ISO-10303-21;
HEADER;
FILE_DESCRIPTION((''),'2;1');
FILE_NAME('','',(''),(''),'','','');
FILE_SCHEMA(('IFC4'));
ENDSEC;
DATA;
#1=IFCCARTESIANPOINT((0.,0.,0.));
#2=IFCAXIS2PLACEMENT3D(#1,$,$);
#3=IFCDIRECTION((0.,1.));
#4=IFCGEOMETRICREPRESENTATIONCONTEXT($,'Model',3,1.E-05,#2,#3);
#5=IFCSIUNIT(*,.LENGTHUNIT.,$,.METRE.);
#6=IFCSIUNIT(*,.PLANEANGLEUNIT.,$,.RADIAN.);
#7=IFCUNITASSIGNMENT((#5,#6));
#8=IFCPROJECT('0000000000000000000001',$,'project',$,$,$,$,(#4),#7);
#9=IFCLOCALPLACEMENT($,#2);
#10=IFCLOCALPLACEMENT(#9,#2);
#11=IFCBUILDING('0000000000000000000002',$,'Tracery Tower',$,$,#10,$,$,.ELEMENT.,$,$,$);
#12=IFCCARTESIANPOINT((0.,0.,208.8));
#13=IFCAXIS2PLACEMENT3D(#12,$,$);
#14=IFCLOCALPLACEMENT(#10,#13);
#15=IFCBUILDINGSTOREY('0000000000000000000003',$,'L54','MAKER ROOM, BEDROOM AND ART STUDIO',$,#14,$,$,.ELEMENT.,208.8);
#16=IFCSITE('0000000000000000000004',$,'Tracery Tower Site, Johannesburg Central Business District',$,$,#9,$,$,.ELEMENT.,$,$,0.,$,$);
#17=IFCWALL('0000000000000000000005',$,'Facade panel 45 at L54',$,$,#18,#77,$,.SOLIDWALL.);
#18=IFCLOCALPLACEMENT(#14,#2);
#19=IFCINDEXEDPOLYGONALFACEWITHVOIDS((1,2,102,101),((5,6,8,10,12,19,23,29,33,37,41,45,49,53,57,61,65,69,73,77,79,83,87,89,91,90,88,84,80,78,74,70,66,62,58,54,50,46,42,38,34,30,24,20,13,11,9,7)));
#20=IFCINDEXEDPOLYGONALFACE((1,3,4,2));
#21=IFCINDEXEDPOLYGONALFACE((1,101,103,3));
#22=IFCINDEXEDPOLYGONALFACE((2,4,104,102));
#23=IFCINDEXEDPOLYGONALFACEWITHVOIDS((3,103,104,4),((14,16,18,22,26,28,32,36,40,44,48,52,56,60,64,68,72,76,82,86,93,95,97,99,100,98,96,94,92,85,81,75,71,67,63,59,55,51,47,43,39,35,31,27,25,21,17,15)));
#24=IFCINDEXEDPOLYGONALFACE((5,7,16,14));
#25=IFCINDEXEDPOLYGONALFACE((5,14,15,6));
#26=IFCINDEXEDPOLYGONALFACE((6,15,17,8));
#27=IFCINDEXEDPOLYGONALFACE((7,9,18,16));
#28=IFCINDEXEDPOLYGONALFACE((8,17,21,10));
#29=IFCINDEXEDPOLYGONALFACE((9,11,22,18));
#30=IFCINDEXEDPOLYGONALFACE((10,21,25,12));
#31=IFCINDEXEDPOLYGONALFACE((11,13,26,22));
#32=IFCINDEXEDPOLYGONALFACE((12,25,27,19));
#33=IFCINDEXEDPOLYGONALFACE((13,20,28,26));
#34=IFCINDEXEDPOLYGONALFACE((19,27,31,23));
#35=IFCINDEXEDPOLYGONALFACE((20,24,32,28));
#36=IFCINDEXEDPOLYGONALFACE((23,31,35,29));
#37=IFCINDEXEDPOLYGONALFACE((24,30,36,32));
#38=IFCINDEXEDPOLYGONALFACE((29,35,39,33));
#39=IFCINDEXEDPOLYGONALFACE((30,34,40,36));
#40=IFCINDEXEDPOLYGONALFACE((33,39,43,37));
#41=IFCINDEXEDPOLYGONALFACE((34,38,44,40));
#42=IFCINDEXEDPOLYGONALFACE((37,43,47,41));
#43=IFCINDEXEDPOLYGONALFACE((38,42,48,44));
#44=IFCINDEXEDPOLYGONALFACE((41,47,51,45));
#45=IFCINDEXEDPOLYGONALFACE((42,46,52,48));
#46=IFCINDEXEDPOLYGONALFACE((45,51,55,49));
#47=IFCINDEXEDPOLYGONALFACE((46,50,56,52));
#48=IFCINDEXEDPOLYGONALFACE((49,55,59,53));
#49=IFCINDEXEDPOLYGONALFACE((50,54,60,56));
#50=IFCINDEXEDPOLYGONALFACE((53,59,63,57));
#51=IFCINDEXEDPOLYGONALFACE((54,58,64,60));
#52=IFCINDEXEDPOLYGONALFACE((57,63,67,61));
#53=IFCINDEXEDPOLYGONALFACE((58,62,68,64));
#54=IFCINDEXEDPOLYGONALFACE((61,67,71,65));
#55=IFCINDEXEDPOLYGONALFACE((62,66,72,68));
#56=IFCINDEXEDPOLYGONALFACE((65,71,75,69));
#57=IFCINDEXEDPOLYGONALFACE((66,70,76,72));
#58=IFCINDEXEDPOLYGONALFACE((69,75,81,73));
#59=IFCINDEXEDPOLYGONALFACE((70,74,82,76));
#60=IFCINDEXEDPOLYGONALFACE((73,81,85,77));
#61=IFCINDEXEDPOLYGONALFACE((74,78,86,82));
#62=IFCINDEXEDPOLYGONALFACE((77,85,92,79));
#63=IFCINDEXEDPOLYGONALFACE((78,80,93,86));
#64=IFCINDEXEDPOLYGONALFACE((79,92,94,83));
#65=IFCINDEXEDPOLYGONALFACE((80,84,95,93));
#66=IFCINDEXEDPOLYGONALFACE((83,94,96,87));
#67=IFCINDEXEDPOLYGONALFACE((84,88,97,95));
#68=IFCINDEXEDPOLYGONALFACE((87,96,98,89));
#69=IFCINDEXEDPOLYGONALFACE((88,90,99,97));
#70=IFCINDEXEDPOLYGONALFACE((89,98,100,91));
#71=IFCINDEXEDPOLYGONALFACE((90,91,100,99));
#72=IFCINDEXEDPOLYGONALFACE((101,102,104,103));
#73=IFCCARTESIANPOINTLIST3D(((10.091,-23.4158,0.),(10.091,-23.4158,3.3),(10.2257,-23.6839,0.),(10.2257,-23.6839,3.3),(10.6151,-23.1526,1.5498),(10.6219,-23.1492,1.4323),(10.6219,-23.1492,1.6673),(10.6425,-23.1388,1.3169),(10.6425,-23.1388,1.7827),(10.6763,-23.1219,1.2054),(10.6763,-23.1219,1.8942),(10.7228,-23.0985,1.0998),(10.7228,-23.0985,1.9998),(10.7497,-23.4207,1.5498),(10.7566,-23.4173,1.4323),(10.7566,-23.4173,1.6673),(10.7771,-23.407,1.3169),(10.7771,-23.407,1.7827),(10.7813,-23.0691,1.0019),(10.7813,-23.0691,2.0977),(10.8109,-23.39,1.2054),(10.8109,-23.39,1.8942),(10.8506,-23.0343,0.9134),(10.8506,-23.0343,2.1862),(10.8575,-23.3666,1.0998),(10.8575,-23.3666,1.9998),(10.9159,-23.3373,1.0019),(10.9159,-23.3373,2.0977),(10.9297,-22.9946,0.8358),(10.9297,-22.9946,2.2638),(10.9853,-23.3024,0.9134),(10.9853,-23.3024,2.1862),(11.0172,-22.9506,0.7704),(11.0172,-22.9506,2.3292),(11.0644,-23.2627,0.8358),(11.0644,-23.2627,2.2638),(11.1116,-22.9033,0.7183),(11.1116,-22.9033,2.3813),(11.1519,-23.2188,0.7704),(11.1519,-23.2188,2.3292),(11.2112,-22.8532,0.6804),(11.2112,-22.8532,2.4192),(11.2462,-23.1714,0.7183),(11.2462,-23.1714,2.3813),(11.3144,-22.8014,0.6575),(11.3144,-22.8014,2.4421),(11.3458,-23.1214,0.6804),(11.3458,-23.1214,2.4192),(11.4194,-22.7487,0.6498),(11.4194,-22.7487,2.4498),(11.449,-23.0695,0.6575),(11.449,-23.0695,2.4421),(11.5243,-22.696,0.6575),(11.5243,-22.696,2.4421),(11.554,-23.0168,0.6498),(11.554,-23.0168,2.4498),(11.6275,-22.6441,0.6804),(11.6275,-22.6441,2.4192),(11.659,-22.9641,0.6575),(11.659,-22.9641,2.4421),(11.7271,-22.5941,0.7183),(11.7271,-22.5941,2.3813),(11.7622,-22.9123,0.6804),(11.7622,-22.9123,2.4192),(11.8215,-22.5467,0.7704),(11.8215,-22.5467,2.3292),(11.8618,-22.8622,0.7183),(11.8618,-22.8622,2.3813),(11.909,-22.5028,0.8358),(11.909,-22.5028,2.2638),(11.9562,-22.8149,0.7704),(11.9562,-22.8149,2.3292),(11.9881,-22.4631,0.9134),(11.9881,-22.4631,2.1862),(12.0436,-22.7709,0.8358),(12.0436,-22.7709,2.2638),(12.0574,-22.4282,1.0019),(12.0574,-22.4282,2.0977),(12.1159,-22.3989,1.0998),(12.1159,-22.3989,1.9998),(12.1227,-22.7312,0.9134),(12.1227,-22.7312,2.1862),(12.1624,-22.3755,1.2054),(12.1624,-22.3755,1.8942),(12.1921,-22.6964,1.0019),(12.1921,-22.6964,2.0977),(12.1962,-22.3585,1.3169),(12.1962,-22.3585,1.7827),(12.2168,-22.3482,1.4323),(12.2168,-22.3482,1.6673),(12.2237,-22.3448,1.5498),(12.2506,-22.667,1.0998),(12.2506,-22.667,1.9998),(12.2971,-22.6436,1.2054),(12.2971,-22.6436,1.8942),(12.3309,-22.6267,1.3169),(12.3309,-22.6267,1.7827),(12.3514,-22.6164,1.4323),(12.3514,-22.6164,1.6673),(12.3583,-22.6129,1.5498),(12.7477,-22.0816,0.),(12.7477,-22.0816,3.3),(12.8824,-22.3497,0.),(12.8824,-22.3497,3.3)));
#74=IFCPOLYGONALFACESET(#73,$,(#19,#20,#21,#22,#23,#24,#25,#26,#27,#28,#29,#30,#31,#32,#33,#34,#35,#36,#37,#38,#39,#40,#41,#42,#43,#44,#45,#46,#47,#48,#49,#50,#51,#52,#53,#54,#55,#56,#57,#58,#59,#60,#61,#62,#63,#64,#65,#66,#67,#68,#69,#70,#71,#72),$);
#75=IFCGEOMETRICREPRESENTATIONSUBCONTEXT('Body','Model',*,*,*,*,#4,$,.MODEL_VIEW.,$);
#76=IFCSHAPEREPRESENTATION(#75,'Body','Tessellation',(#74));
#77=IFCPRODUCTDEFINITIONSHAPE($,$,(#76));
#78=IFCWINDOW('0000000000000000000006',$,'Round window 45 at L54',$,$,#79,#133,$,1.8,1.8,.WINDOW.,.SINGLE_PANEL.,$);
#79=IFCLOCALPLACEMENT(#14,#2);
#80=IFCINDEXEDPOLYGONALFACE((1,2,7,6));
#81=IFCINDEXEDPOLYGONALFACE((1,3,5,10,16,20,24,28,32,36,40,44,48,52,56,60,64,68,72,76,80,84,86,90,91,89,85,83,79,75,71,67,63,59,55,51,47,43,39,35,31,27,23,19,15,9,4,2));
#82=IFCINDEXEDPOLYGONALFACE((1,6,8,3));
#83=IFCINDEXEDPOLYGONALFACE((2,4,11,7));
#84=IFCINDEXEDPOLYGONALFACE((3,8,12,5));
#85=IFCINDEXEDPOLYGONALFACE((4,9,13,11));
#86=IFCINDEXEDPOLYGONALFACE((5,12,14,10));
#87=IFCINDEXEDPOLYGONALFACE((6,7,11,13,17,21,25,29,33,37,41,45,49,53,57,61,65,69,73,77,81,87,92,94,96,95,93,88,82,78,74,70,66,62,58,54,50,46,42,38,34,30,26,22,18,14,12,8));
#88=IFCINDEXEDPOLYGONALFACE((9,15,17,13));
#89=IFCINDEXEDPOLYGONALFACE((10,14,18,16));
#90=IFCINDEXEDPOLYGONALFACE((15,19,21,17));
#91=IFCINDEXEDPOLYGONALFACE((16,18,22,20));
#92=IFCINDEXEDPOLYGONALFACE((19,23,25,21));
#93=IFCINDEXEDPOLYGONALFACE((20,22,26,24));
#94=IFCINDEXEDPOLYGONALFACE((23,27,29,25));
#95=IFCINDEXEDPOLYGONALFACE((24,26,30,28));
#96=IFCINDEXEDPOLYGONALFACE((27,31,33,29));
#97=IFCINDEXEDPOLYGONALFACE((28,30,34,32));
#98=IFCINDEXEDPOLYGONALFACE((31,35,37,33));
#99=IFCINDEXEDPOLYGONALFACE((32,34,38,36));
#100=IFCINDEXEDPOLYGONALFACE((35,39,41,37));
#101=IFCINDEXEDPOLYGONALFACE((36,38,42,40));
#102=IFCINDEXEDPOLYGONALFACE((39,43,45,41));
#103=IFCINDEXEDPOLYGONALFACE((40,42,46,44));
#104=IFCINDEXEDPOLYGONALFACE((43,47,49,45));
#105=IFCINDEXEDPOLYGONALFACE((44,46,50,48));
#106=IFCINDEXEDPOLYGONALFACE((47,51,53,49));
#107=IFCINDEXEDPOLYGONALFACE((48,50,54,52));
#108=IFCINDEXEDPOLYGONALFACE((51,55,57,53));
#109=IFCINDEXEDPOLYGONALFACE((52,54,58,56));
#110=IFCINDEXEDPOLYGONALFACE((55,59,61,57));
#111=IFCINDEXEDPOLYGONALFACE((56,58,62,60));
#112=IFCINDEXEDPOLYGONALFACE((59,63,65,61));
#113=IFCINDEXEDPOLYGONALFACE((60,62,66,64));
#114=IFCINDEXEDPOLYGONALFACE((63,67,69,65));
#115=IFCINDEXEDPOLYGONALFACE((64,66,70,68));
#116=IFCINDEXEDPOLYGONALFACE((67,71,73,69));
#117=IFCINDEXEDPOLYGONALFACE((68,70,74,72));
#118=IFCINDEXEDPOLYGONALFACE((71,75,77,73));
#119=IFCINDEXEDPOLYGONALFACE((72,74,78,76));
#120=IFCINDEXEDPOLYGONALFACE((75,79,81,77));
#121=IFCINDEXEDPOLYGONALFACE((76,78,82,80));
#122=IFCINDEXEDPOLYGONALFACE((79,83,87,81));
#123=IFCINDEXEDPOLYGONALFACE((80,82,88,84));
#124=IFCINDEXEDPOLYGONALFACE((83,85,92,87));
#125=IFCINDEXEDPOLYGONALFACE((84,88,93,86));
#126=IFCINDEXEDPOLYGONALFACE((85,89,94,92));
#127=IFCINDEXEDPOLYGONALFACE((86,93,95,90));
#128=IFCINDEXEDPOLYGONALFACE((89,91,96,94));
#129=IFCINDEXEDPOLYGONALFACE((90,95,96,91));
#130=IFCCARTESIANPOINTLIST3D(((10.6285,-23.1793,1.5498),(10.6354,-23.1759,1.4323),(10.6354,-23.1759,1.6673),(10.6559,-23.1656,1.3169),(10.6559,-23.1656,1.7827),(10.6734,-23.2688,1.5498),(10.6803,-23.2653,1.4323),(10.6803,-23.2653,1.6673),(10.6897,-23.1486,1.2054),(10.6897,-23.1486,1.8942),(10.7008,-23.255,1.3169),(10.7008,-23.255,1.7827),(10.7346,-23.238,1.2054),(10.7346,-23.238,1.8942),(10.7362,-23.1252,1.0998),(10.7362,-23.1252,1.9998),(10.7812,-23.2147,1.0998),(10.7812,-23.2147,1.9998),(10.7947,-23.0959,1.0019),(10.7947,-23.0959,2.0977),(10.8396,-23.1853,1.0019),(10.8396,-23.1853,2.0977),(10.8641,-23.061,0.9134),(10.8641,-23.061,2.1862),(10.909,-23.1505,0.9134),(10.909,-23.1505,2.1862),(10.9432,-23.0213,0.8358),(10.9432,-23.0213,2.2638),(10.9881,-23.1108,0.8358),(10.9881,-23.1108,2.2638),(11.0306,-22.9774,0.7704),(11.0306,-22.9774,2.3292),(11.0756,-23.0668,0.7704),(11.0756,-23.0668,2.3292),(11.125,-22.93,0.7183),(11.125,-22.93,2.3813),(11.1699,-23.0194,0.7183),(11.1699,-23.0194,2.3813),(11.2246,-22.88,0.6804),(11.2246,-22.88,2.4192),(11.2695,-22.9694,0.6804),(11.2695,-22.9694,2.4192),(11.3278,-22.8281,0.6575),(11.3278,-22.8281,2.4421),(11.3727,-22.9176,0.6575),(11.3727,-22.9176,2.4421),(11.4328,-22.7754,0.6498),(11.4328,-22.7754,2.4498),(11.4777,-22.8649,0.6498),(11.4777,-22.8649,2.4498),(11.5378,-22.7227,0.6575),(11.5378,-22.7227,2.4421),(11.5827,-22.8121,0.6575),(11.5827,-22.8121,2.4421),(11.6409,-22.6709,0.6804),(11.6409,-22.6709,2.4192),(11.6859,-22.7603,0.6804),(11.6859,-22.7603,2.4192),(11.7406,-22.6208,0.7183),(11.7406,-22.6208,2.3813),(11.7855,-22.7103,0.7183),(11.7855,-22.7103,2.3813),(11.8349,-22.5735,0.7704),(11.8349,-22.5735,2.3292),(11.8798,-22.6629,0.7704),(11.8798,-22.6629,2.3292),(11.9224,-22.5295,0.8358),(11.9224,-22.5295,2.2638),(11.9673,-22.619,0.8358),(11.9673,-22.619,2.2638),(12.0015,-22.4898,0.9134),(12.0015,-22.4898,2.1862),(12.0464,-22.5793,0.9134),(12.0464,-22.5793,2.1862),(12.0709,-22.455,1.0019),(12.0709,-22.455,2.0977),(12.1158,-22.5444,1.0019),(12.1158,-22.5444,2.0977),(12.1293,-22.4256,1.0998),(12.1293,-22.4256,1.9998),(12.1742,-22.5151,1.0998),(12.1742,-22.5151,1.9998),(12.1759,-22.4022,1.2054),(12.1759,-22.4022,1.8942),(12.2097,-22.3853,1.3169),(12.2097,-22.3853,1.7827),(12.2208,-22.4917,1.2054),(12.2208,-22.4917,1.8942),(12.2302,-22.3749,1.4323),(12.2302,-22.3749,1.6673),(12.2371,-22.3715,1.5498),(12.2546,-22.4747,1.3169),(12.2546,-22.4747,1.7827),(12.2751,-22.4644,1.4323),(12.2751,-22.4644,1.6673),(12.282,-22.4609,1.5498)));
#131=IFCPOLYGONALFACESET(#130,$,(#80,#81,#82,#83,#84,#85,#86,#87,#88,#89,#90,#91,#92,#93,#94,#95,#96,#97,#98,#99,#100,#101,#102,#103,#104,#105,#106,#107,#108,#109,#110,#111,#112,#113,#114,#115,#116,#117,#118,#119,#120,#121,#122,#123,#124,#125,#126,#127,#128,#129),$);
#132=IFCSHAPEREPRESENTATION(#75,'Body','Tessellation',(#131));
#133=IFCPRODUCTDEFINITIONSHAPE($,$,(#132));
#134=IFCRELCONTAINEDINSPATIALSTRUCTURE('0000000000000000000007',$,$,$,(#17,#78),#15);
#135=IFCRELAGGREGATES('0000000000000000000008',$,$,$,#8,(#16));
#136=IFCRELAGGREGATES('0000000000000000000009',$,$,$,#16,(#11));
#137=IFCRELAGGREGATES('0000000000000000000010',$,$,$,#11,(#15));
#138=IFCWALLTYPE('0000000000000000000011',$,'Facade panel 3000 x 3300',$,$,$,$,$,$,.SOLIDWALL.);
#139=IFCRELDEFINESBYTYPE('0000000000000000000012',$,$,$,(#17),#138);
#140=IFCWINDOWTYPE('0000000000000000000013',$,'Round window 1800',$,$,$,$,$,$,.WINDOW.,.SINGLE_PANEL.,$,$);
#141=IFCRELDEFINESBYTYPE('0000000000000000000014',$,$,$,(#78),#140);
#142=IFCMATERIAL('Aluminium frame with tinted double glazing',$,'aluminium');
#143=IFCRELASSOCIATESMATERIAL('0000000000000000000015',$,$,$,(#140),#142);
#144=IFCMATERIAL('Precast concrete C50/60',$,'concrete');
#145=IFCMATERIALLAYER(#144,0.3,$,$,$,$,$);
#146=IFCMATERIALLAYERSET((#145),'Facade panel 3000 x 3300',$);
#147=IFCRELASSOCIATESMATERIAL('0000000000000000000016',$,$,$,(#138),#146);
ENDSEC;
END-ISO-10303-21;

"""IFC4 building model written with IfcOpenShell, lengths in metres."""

from ifc_helpers import new_model, si_unit, direction, frame, frame_2d, origin, origin_2d, place, context, subcontext, project, spatial, rectangle, circle, extrude, material, layer, layer_set, type_object, element, fill, save


model = new_model("IFC4")

# Units and contexts
model_context = context("Model", 3, precision=1e-05, world=origin(), true_north=direction((0.0, 1.0)))
body_context = subcontext(model_context, "Body", "Model", "MODEL_VIEW")
ifc_project = project(units=[si_unit("LENGTHUNIT", "METRE"), si_unit("PLANEANGLEUNIT", "RADIAN")], contexts=[model_context])

# Site, building, storey
site_placement = place(None, origin())
site = spatial("IfcSite", under=ifc_project, at=site_placement, Name="Tracery Tower Site, Johannesburg Central Business District", CompositionType="ELEMENT", RefElevation=0.0)
building_placement = place(site_placement, origin())
building = spatial("IfcBuilding", under=site, at=building_placement, Name="Tracery Tower", CompositionType="ELEMENT")
storey_placement = place(building_placement, frame((0.0, 0.0, 208.8)))
storey = spatial("IfcBuildingStorey", under=building, at=storey_placement, Name="L54", Description="MAKER ROOM, BEDROOM AND ART STUDIO", CompositionType="ELEMENT", Elevation=208.8)

# Wall, opening, window
ifc_material_1 = material(Name="Aluminium frame with tinted double glazing", Category="aluminium")
window_type = type_object("IfcWindowType", Name="Round window 1800", PartitioningType="SINGLE_PANEL", PredefinedType="WINDOW", material=ifc_material_1)
ifc_material_2 = material(Name="Precast concrete C50/60", Category="concrete")
ifc_layer_1 = layer(ifc_material_2, 0.3)
ifc_layer_set_1 = layer_set([ifc_layer_1], Name="Facade panel 3000 x 3300")
wall_type_1 = type_object("IfcWallType", Name="Facade panel 3000 x 3300", PredefinedType="SOLIDWALL", material=ifc_layer_set_1)
wall_1_placement = place(storey_placement, frame((10.1584, -23.5498, 0.0), z_axis=(0.0, 0.0, 1.0), x_axis=(0.893637, 0.44879, 0.0)))
wall_1 = element("IfcWall", 1, at=wall_1_placement, inside=storey, type_object=wall_type_1, Name="Facade panel 45 at L54", PredefinedType="SOLIDWALL", context=body_context, shape_type="SweptSolid", body=[
    extrude(rectangle(XDim=2.9729, YDim=0.3, at=frame_2d((1.4863, 0.0))), origin(), (0.0, 0.0, 1.0), 3.3),
])
opening_1_placement = place(wall_1_placement, frame((1.4863, 0.0, 1.5498)))
opening_1 = element("IfcOpeningElement", 2, at=opening_1_placement, cuts=wall_1, PredefinedType="OPENING", context=body_context, shape_type="SweptSolid", body=[
    extrude(circle(Radius=0.9, at=origin_2d()), frame((0.0, 0.1599, 0.0), z_axis=(0.0, -1.0, 0.0), x_axis=(1.0, 0.0, 0.0)), (0.0, 0.0, 1.0), 0.3201),
])
window_1_placement = place(opening_1_placement, origin())
window_1 = element("IfcWindow", 3, at=window_1_placement, inside=storey, type_object=window_type, Name="Round window 45 at L54", OverallHeight=1.8, OverallWidth=1.8, PartitioningType="SINGLE_PANEL", PredefinedType="WINDOW", context=body_context, shape_type="SweptSolid", body=[
    extrude(circle(Radius=0.9, at=origin_2d()), frame((0.0, 0.1201, 0.0), z_axis=(0.0, -1.0, 0.0), x_axis=(1.0, 0.0, 0.0)), (0.0, 0.0, 1.0), 0.1001),
])
fill(opening_1, window_1)

save(model, "model.ifc")
